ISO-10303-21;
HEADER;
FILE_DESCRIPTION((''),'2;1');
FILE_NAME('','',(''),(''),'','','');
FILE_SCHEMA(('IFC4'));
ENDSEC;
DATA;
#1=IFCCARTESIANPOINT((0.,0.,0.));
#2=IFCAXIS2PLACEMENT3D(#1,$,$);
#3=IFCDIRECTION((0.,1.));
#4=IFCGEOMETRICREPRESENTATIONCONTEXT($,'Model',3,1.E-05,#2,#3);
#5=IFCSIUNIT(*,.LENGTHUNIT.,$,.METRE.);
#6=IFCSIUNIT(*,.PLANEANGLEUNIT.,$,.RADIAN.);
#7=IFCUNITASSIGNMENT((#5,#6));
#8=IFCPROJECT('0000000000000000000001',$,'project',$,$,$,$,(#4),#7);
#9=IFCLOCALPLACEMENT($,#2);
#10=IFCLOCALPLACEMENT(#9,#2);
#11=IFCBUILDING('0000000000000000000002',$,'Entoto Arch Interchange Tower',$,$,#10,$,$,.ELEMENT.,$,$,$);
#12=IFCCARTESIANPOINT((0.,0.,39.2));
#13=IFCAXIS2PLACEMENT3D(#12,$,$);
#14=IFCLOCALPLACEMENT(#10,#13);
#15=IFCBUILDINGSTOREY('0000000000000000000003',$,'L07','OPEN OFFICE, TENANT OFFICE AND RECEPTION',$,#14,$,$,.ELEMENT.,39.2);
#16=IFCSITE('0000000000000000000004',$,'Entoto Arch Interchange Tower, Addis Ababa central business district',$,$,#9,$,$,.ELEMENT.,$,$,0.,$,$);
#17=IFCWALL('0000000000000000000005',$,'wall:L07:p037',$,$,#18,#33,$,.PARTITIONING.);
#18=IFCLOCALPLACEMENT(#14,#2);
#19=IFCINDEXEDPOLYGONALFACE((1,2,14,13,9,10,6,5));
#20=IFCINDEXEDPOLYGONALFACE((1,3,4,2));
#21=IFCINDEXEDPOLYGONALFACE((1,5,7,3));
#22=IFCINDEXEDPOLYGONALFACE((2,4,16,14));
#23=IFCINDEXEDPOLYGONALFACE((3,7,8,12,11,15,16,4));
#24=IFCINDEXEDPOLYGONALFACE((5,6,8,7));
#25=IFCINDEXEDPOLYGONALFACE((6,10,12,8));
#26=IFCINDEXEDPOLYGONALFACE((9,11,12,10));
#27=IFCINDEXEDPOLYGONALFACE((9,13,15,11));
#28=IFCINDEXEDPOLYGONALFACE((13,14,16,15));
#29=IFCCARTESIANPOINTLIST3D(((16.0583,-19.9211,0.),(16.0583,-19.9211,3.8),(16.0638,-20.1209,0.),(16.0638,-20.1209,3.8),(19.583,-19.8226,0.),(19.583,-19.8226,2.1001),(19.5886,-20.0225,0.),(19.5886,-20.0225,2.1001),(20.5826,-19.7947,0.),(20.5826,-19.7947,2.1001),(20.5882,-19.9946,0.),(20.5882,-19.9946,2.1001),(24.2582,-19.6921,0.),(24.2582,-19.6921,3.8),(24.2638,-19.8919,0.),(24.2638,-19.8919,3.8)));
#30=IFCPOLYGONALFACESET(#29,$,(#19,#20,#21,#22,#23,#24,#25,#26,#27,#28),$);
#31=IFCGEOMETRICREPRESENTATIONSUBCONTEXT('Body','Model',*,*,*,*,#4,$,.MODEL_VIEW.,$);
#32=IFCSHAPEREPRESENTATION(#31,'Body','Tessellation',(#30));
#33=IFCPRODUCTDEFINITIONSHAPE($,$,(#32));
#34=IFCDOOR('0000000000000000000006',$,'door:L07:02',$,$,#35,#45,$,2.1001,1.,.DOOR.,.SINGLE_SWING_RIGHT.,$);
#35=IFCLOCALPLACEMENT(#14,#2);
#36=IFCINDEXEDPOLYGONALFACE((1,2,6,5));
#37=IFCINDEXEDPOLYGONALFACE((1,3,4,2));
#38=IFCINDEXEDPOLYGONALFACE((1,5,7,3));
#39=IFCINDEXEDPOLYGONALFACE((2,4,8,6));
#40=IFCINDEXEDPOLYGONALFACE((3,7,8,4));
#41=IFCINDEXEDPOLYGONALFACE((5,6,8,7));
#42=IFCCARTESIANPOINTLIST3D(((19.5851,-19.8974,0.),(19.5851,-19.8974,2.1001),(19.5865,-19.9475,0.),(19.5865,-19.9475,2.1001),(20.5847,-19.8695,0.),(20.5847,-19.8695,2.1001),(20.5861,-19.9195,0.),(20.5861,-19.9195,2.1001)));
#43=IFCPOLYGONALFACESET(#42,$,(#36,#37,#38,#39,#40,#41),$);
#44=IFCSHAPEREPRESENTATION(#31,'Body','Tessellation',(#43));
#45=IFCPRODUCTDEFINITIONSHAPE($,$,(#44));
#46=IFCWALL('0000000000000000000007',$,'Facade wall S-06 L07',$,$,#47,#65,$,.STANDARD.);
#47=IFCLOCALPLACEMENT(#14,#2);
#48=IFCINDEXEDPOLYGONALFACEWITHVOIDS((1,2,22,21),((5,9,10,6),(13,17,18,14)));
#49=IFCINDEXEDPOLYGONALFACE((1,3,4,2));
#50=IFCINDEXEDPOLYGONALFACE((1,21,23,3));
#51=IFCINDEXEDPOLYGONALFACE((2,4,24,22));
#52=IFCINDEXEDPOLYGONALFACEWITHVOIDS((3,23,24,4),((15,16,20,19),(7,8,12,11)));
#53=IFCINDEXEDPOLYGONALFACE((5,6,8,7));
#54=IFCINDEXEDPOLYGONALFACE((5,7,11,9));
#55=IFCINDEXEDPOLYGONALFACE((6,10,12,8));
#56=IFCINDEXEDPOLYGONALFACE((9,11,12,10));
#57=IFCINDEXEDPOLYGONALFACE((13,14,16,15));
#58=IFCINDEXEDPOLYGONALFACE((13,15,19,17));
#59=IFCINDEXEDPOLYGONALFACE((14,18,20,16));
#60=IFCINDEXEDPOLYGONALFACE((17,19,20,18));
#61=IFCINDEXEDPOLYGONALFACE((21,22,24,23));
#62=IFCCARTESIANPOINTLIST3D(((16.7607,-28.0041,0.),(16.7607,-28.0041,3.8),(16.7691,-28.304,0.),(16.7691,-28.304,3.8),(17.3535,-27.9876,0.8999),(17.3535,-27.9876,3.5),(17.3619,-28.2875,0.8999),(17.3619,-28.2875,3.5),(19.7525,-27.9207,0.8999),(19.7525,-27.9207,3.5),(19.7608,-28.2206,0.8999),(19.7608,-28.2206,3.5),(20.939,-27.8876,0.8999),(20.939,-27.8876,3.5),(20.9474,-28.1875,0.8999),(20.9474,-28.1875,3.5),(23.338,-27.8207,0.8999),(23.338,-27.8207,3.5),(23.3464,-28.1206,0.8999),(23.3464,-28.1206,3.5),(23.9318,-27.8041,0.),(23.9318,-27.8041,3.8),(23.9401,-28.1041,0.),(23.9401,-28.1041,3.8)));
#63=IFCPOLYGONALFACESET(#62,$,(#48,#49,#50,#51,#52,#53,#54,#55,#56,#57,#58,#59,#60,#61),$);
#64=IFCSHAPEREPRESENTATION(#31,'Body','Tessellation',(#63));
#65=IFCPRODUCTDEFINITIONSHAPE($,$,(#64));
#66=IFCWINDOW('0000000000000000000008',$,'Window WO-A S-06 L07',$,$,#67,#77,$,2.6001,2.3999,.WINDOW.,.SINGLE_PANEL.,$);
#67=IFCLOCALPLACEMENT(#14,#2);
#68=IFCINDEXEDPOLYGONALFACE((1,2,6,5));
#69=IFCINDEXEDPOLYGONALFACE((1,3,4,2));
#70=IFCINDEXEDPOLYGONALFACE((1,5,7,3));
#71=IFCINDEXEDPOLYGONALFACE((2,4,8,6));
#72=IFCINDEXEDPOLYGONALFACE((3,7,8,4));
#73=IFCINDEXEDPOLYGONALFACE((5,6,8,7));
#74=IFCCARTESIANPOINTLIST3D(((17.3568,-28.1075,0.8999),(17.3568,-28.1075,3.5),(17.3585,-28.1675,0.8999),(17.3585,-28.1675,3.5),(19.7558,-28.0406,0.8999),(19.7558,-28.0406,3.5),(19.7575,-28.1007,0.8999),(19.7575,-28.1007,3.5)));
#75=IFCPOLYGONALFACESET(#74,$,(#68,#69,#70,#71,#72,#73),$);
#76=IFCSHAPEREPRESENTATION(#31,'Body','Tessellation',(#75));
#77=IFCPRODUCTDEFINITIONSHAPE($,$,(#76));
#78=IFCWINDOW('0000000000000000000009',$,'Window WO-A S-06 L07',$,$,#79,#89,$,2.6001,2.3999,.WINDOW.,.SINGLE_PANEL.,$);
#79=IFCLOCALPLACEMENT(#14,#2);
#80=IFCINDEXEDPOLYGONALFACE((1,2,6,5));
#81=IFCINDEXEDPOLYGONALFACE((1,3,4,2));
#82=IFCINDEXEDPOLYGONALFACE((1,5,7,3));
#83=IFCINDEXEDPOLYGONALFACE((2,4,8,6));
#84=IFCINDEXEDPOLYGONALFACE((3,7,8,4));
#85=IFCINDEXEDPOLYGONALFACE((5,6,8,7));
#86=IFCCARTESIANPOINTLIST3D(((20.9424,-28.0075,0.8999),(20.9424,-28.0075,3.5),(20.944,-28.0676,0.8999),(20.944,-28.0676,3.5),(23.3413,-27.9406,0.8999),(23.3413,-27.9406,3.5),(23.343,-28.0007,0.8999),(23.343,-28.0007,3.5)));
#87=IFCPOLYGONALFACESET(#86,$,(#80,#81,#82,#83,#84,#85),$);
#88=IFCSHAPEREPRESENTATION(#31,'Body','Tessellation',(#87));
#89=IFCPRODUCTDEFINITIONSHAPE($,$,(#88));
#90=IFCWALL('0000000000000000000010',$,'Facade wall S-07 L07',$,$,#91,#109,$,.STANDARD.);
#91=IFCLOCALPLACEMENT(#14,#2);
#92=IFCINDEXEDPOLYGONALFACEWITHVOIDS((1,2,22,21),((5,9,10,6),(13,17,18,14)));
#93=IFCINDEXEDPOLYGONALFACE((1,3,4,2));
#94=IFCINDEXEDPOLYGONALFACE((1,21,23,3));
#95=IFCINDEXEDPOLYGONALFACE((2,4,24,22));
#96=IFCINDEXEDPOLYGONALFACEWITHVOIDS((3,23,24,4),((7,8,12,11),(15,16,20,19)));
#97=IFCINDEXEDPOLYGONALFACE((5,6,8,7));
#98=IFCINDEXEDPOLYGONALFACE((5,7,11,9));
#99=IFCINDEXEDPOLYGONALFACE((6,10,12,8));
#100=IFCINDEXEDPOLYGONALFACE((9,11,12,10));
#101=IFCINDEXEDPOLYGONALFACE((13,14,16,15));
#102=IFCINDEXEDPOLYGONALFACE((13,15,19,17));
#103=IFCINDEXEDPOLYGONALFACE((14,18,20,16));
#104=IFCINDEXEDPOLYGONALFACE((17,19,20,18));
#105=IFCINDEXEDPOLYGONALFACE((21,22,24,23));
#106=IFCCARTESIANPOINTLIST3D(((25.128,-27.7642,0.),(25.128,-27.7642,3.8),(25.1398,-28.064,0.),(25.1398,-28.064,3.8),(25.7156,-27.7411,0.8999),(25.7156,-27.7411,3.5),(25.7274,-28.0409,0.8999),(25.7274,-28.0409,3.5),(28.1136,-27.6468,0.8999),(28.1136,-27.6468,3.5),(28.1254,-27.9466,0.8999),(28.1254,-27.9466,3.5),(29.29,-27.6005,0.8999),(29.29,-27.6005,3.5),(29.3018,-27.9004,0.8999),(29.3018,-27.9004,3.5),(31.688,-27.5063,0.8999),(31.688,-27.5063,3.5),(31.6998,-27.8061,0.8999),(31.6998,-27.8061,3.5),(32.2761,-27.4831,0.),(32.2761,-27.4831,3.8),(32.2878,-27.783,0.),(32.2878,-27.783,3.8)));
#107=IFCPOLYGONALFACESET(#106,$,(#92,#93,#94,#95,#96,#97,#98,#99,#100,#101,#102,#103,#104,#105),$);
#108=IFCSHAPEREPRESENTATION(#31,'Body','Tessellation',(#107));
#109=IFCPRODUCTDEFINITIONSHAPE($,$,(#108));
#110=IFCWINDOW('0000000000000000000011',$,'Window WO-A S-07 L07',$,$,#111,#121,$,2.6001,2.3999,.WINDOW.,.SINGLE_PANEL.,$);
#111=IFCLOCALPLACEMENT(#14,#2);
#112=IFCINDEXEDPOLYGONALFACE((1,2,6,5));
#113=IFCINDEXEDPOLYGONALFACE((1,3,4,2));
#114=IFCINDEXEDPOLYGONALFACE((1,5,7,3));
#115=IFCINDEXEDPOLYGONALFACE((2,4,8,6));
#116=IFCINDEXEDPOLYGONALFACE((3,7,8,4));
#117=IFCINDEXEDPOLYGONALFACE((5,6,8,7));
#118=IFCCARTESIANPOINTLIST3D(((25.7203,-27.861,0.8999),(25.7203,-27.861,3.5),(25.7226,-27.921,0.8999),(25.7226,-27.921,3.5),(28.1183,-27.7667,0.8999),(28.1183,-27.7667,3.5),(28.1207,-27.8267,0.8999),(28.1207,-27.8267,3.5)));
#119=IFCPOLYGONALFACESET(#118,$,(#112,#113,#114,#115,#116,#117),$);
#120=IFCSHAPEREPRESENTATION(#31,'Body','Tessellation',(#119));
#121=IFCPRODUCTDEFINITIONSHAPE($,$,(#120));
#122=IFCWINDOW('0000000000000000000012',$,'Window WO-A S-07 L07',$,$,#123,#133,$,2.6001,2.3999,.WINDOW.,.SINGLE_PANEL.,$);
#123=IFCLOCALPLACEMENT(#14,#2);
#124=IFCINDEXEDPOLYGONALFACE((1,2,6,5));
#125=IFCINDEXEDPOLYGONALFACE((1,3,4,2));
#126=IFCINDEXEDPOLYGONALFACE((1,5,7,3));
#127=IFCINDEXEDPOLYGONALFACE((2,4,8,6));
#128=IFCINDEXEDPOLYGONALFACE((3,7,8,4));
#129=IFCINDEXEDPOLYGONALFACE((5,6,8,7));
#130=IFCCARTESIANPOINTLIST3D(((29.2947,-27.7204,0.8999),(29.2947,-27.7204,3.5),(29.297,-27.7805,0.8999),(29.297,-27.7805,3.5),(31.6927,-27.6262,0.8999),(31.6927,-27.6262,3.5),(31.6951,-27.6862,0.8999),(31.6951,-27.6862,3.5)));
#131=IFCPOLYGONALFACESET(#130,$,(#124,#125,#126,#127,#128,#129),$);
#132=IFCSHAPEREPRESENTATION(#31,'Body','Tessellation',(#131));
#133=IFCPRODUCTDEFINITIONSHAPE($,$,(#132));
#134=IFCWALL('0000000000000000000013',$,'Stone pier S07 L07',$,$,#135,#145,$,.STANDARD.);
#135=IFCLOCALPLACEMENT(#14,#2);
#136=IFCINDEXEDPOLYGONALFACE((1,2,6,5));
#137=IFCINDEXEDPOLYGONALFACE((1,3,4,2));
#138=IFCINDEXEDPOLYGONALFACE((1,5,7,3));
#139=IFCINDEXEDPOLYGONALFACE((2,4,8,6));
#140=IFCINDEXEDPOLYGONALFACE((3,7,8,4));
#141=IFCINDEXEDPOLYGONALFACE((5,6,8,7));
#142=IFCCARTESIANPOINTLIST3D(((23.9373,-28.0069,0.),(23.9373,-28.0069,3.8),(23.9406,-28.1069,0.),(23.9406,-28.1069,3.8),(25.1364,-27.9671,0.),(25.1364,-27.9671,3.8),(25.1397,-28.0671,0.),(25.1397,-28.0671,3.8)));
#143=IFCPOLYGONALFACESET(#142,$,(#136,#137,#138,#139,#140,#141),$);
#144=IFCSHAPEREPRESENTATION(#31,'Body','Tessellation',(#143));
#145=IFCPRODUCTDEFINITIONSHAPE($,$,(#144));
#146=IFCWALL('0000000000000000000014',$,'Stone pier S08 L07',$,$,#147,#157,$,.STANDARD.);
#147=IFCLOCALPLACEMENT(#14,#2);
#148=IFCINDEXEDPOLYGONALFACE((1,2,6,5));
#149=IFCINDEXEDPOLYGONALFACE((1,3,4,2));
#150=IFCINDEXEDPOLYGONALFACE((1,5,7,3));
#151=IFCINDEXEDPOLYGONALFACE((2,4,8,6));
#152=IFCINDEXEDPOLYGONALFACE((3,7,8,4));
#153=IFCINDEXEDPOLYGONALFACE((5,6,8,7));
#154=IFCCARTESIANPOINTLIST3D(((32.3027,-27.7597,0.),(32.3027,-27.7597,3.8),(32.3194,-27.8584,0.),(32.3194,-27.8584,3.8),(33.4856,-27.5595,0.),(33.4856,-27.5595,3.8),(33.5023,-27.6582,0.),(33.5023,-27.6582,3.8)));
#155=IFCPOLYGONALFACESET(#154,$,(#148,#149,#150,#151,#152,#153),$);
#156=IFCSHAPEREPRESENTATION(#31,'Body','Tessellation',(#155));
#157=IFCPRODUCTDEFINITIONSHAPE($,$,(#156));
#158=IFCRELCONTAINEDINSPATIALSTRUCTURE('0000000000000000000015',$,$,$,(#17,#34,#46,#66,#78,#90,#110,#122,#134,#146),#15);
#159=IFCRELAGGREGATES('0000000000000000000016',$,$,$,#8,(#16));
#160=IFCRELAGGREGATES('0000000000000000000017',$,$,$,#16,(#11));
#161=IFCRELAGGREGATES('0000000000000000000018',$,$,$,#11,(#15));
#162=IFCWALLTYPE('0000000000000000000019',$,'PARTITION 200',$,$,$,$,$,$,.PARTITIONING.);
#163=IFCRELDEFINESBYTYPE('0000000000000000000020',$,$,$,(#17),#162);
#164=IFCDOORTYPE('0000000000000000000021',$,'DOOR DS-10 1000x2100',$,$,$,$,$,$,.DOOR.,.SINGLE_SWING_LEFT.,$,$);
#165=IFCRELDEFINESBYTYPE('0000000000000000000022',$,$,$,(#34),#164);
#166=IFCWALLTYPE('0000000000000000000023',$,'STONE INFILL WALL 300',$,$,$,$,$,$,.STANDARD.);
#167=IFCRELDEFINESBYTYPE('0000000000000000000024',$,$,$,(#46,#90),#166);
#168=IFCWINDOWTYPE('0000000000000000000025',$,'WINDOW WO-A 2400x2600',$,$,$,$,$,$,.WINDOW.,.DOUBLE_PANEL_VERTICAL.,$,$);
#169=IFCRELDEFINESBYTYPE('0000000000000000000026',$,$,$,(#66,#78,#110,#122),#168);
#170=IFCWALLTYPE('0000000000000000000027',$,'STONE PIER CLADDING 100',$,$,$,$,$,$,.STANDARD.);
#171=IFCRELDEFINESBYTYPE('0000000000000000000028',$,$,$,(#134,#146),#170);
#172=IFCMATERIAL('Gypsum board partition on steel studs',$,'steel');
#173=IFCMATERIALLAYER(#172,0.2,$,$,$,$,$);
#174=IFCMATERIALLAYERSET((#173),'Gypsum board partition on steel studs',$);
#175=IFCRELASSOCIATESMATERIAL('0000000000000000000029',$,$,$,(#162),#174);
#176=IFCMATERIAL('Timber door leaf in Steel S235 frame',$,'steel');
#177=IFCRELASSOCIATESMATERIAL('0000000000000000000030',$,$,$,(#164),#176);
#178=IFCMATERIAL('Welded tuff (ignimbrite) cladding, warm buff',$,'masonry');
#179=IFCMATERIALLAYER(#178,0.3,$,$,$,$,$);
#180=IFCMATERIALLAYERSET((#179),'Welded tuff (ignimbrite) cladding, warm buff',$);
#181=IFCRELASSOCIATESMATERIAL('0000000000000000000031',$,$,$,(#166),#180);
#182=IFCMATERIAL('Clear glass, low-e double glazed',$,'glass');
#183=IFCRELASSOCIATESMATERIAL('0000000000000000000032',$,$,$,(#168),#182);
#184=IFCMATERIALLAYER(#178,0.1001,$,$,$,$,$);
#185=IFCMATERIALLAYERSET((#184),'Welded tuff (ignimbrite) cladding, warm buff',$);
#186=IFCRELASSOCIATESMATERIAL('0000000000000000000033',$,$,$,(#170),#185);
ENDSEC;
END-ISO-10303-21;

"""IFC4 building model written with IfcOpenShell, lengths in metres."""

from ifc_helpers import new_model, si_unit, direction, frame, frame_2d, origin, place, context, subcontext, project, spatial, rectangle, extrude, material, layer, layer_set, type_object, element, fill, save


model = new_model("IFC4")

# Units and contexts
model_context = context("Model", 3, precision=1e-05, world=origin(), true_north=direction((0.0, 1.0)))
body_context = subcontext(model_context, "Body", "Model", "MODEL_VIEW")
ifc_project = project(units=[si_unit("LENGTHUNIT", "METRE"), si_unit("PLANEANGLEUNIT", "RADIAN")], contexts=[model_context])

# Site, building, storey
site_placement = place(None, origin())
site = spatial("IfcSite", under=ifc_project, at=site_placement, Name="Entoto Arch Interchange Tower, Addis Ababa central business district", CompositionType="ELEMENT", RefElevation=0.0)
building_placement = place(site_placement, origin())
building = spatial("IfcBuilding", under=site, at=building_placement, Name="Entoto Arch Interchange Tower", CompositionType="ELEMENT")
storey_placement = place(building_placement, frame((0.0, 0.0, 39.2)))
storey = spatial("IfcBuildingStorey", under=building, at=storey_placement, Name="L07", Description="OPEN OFFICE, TENANT OFFICE AND RECEPTION", CompositionType="ELEMENT", Elevation=39.2)

# Shared definitions
ifc_material_1 = material(Name="Gypsum board partition on steel studs", Category="steel")

# Shared definitions
ifc_layer_1 = layer(ifc_material_1, 0.2)
ifc_layer_set_1 = layer_set([ifc_layer_1], Name="Gypsum board partition on steel studs")
wall_type_1 = type_object("IfcWallType", Name="PARTITION 200", PredefinedType="PARTITIONING", material=ifc_layer_set_1)
ifc_material_2 = material(Name="Timber door leaf in Steel S235 frame", Category="steel")
door_type = type_object("IfcDoorType", Name="DOOR DS-10 1000x2100", OperationType="SINGLE_SWING_LEFT", PredefinedType="DOOR", material=ifc_material_2)

# Wall, opening, door
wall_1_placement = place(storey_placement, frame((24.261, -19.792, 0.0), z_axis=(0.0, 0.0, 1.0), x_axis=(-0.99961, -0.027917, 0.0)))
wall_1 = element("IfcWall", 1, at=wall_1_placement, inside=storey, type_object=wall_type_1, Name="wall:L07:p037", PredefinedType="PARTITIONING", context=body_context, shape_type="SweptSolid", body=[
    extrude(rectangle(XDim=8.2031, YDim=0.2, at=frame_2d((4.1016, 0.0))), origin(), (0.0, 0.0, 1.0), 3.8),
])
opening_1_placement = place(wall_1_placement, frame((3.677, 0.0, 0.0)))
opening_1 = element("IfcOpeningElement", 2, at=opening_1_placement, cuts=wall_1, PredefinedType="OPENING", context=body_context, shape_type="SweptSolid", body=[
    extrude(rectangle(XDim=1.0, YDim=2.1001, at=frame_2d((0.5, 1.05))), frame((0.0, 0.1099, 0.0), z_axis=(0.0, -1.0, 0.0), x_axis=(1.0, 0.0, 0.0)), (0.0, 0.0, 1.0), 0.22),
])
door_1_placement = place(opening_1_placement, origin())
door_1 = element("IfcDoor", 3, at=door_1_placement, inside=storey, type_object=door_type, Name="door:L07:02", OperationType="SINGLE_SWING_RIGHT", OverallHeight=2.1001, OverallWidth=1.0, PredefinedType="DOOR", context=body_context, shape_type="SweptSolid", body=[
    extrude(rectangle(XDim=1.0, YDim=2.1001, at=frame_2d((0.5, 1.05))), frame((0.0, 0.0249, 0.0), z_axis=(0.0, -1.0, 0.0), x_axis=(1.0, 0.0, 0.0)), (0.0, 0.0, 1.0), 0.05),
])
fill(opening_1, door_1)

# Walls, openings, windows
ifc_material_3 = material(Name="Welded tuff (ignimbrite) cladding, warm buff", Category="masonry")
ifc_layer_2 = layer(ifc_material_3, 0.3)
ifc_layer_set_2 = layer_set([ifc_layer_2], Name="Welded tuff (ignimbrite) cladding, warm buff")
wall_type_2 = type_object("IfcWallType", Name="STONE INFILL WALL 300", PredefinedType="STANDARD", material=ifc_layer_set_2)
wall_2_placement = place(storey_placement, frame((16.7649, -28.1541, 0.0), z_axis=(0.0, 0.0, 1.0), x_axis=(0.999612, 0.027872, 0.0)))
wall_2 = element("IfcWall", 4, at=wall_2_placement, inside=storey, type_object=wall_type_2, Name="Facade wall S-06 L07", PredefinedType="STANDARD", context=body_context, shape_type="SweptSolid", body=[
    extrude(rectangle(XDim=7.1738, YDim=0.3, at=frame_2d((3.5869, 0.0))), origin(), (0.0, 0.0, 1.0), 3.8),
])
opening_2_placement = place(wall_2_placement, frame((0.593, 0.0, 0.8999)))
opening_2 = element("IfcOpeningElement", 5, at=opening_2_placement, cuts=wall_2, PredefinedType="OPENING", context=body_context, shape_type="SweptSolid", body=[
    extrude(rectangle(XDim=2.3999, YDim=2.6001, at=frame_2d((1.2, 1.3))), frame((0.0, 0.1602, 0.0), z_axis=(0.0, -1.0, 0.0), x_axis=(1.0, 0.0, 0.0)), (0.0, 0.0, 1.0), 0.3201),
])
opening_3_placement = place(wall_2_placement, frame((4.1799, 0.0, 0.8999)))
opening_3 = element("IfcOpeningElement", 6, at=opening_3_placement, cuts=wall_2, PredefinedType="OPENING", context=body_context, shape_type="SweptSolid", body=[
    extrude(rectangle(XDim=2.3999, YDim=2.6001, at=frame_2d((1.2, 1.3))), frame((0.0, 0.1602, 0.0), z_axis=(0.0, -1.0, 0.0), x_axis=(1.0, 0.0, 0.0)), (0.0, 0.0, 1.0), 0.3201),
])
ifc_material_4 = material(Name="Clear glass, low-e double glazed", Category="glass")
window_type = type_object("IfcWindowType", Name="WINDOW WO-A 2400x2600", PartitioningType="DOUBLE_PANEL_VERTICAL", PredefinedType="WINDOW", material=ifc_material_4)
window_1_placement = place(opening_2_placement, origin())
window_1 = element("IfcWindow", 7, at=window_1_placement, inside=storey, type_object=window_type, Name="Window WO-A S-06 L07", OverallHeight=2.6001, OverallWidth=2.3999, PartitioningType="SINGLE_PANEL", PredefinedType="WINDOW", context=body_context, shape_type="SweptSolid", body=[
    extrude(rectangle(XDim=2.3999, YDim=2.6001, at=frame_2d((1.2, 1.3))), frame((0.0, 0.03, 0.0), z_axis=(0.0, -1.0, 0.0), x_axis=(1.0, 0.0, 0.0)), (0.0, 0.0, 1.0), 0.0601),
])
fill(opening_2, window_1)
window_2_placement = place(opening_3_placement, origin())
window_2 = element("IfcWindow", 8, at=window_2_placement, inside=storey, type_object=window_type, Name="Window WO-A S-06 L07", OverallHeight=2.6001, OverallWidth=2.3999, PartitioningType="SINGLE_PANEL", PredefinedType="WINDOW", context=body_context, shape_type="SweptSolid", body=[
    extrude(rectangle(XDim=2.3999, YDim=2.6001, at=frame_2d((1.2, 1.3))), frame((0.0, 0.03, 0.0), z_axis=(0.0, -1.0, 0.0), x_axis=(1.0, 0.0, 0.0)), (0.0, 0.0, 1.0), 0.0601),
])
fill(opening_3, window_2)
wall_3_placement = place(storey_placement, frame((25.134, -27.9141, 0.0), z_axis=(0.0, 0.0, 1.0), x_axis=(0.999228, 0.039282, 0.0)))
wall_3 = element("IfcWall", 9, at=wall_3_placement, inside=storey, type_object=wall_type_2, Name="Facade wall S-07 L07", PredefinedType="STANDARD", context=body_context, shape_type="SweptSolid", body=[
    extrude(rectangle(XDim=7.1536, YDim=0.3, at=frame_2d((3.5767, 0.0))), origin(), (0.0, 0.0, 1.0), 3.8),
])
opening_4_placement = place(wall_3_placement, frame((0.5879, 0.0, 0.8999)))
opening_4 = element("IfcOpeningElement", 10, at=opening_4_placement, cuts=wall_3, PredefinedType="OPENING", context=body_context, shape_type="SweptSolid", body=[
    extrude(rectangle(XDim=2.3999, YDim=2.6001, at=frame_2d((1.2, 1.3))), frame((0.0, 0.1602, 0.0), z_axis=(0.0, -1.0, 0.0), x_axis=(1.0, 0.0, 0.0)), (0.0, 0.0, 1.0), 0.3201),
])
opening_5_placement = place(wall_3_placement, frame((4.165, 0.0, 0.8999)))
opening_5 = element("IfcOpeningElement", 11, at=opening_5_placement, cuts=wall_3, PredefinedType="OPENING", context=body_context, shape_type="SweptSolid", body=[
    extrude(rectangle(XDim=2.3999, YDim=2.6001, at=frame_2d((1.2, 1.3))), frame((0.0, 0.1602, 0.0), z_axis=(0.0, -1.0, 0.0), x_axis=(1.0, 0.0, 0.0)), (0.0, 0.0, 1.0), 0.3201),
])
window_3_placement = place(opening_4_placement, origin())
window_3 = element("IfcWindow", 12, at=window_3_placement, inside=storey, type_object=window_type, Name="Window WO-A S-07 L07", OverallHeight=2.6001, OverallWidth=2.3999, PartitioningType="SINGLE_PANEL", PredefinedType="WINDOW", context=body_context, shape_type="SweptSolid", body=[
    extrude(rectangle(XDim=2.3999, YDim=2.6001, at=frame_2d((1.2, 1.3))), frame((0.0, 0.03, 0.0), z_axis=(0.0, -1.0, 0.0), x_axis=(1.0, 0.0, 0.0)), (0.0, 0.0, 1.0), 0.0601),
])
fill(opening_4, window_3)
window_4_placement = place(opening_5_placement, origin())
window_4 = element("IfcWindow", 13, at=window_4_placement, inside=storey, type_object=window_type, Name="Window WO-A S-07 L07", OverallHeight=2.6001, OverallWidth=2.3999, PartitioningType="SINGLE_PANEL", PredefinedType="WINDOW", context=body_context, shape_type="SweptSolid", body=[
    extrude(rectangle(XDim=2.3999, YDim=2.6001, at=frame_2d((1.2, 1.3))), frame((0.0, 0.03, 0.0), z_axis=(0.0, -1.0, 0.0), x_axis=(1.0, 0.0, 0.0)), (0.0, 0.0, 1.0), 0.0601),
])
fill(opening_5, window_4)

# Walls
ifc_layer_3 = layer(ifc_material_3, 0.1001)
ifc_layer_set_3 = layer_set([ifc_layer_3], Name="Welded tuff (ignimbrite) cladding, warm buff")
wall_type_3 = type_object("IfcWallType", Name="STONE PIER CLADDING 100", PredefinedType="STANDARD", material=ifc_layer_set_3)
for number, where, z_axis, x_axis, name in (
    (14, (23.939, -28.0569, 0.0), (0.0, 0.0, 1.0), (0.99945, 0.033173, 0.0), "Stone pier S07 L07"),
    (15, (32.311, -27.8091, 0.0), (0.0, 0.0, 1.0), (0.985978, 0.166874, 0.0), "Stone pier S08 L07"),
):
    element("IfcWall", number, at=place(storey_placement, frame(where, z_axis=z_axis, x_axis=x_axis)), inside=storey, type_object=wall_type_3, Name=name, PredefinedType="STANDARD", context=body_context, shape_type="SweptSolid", body=[
        extrude(rectangle(XDim=1.1997, YDim=0.1001, at=frame_2d((0.5999, 0.0))), origin(), (0.0, 0.0, 1.0), 3.8),
    ])

save(model, "model.ifc")
